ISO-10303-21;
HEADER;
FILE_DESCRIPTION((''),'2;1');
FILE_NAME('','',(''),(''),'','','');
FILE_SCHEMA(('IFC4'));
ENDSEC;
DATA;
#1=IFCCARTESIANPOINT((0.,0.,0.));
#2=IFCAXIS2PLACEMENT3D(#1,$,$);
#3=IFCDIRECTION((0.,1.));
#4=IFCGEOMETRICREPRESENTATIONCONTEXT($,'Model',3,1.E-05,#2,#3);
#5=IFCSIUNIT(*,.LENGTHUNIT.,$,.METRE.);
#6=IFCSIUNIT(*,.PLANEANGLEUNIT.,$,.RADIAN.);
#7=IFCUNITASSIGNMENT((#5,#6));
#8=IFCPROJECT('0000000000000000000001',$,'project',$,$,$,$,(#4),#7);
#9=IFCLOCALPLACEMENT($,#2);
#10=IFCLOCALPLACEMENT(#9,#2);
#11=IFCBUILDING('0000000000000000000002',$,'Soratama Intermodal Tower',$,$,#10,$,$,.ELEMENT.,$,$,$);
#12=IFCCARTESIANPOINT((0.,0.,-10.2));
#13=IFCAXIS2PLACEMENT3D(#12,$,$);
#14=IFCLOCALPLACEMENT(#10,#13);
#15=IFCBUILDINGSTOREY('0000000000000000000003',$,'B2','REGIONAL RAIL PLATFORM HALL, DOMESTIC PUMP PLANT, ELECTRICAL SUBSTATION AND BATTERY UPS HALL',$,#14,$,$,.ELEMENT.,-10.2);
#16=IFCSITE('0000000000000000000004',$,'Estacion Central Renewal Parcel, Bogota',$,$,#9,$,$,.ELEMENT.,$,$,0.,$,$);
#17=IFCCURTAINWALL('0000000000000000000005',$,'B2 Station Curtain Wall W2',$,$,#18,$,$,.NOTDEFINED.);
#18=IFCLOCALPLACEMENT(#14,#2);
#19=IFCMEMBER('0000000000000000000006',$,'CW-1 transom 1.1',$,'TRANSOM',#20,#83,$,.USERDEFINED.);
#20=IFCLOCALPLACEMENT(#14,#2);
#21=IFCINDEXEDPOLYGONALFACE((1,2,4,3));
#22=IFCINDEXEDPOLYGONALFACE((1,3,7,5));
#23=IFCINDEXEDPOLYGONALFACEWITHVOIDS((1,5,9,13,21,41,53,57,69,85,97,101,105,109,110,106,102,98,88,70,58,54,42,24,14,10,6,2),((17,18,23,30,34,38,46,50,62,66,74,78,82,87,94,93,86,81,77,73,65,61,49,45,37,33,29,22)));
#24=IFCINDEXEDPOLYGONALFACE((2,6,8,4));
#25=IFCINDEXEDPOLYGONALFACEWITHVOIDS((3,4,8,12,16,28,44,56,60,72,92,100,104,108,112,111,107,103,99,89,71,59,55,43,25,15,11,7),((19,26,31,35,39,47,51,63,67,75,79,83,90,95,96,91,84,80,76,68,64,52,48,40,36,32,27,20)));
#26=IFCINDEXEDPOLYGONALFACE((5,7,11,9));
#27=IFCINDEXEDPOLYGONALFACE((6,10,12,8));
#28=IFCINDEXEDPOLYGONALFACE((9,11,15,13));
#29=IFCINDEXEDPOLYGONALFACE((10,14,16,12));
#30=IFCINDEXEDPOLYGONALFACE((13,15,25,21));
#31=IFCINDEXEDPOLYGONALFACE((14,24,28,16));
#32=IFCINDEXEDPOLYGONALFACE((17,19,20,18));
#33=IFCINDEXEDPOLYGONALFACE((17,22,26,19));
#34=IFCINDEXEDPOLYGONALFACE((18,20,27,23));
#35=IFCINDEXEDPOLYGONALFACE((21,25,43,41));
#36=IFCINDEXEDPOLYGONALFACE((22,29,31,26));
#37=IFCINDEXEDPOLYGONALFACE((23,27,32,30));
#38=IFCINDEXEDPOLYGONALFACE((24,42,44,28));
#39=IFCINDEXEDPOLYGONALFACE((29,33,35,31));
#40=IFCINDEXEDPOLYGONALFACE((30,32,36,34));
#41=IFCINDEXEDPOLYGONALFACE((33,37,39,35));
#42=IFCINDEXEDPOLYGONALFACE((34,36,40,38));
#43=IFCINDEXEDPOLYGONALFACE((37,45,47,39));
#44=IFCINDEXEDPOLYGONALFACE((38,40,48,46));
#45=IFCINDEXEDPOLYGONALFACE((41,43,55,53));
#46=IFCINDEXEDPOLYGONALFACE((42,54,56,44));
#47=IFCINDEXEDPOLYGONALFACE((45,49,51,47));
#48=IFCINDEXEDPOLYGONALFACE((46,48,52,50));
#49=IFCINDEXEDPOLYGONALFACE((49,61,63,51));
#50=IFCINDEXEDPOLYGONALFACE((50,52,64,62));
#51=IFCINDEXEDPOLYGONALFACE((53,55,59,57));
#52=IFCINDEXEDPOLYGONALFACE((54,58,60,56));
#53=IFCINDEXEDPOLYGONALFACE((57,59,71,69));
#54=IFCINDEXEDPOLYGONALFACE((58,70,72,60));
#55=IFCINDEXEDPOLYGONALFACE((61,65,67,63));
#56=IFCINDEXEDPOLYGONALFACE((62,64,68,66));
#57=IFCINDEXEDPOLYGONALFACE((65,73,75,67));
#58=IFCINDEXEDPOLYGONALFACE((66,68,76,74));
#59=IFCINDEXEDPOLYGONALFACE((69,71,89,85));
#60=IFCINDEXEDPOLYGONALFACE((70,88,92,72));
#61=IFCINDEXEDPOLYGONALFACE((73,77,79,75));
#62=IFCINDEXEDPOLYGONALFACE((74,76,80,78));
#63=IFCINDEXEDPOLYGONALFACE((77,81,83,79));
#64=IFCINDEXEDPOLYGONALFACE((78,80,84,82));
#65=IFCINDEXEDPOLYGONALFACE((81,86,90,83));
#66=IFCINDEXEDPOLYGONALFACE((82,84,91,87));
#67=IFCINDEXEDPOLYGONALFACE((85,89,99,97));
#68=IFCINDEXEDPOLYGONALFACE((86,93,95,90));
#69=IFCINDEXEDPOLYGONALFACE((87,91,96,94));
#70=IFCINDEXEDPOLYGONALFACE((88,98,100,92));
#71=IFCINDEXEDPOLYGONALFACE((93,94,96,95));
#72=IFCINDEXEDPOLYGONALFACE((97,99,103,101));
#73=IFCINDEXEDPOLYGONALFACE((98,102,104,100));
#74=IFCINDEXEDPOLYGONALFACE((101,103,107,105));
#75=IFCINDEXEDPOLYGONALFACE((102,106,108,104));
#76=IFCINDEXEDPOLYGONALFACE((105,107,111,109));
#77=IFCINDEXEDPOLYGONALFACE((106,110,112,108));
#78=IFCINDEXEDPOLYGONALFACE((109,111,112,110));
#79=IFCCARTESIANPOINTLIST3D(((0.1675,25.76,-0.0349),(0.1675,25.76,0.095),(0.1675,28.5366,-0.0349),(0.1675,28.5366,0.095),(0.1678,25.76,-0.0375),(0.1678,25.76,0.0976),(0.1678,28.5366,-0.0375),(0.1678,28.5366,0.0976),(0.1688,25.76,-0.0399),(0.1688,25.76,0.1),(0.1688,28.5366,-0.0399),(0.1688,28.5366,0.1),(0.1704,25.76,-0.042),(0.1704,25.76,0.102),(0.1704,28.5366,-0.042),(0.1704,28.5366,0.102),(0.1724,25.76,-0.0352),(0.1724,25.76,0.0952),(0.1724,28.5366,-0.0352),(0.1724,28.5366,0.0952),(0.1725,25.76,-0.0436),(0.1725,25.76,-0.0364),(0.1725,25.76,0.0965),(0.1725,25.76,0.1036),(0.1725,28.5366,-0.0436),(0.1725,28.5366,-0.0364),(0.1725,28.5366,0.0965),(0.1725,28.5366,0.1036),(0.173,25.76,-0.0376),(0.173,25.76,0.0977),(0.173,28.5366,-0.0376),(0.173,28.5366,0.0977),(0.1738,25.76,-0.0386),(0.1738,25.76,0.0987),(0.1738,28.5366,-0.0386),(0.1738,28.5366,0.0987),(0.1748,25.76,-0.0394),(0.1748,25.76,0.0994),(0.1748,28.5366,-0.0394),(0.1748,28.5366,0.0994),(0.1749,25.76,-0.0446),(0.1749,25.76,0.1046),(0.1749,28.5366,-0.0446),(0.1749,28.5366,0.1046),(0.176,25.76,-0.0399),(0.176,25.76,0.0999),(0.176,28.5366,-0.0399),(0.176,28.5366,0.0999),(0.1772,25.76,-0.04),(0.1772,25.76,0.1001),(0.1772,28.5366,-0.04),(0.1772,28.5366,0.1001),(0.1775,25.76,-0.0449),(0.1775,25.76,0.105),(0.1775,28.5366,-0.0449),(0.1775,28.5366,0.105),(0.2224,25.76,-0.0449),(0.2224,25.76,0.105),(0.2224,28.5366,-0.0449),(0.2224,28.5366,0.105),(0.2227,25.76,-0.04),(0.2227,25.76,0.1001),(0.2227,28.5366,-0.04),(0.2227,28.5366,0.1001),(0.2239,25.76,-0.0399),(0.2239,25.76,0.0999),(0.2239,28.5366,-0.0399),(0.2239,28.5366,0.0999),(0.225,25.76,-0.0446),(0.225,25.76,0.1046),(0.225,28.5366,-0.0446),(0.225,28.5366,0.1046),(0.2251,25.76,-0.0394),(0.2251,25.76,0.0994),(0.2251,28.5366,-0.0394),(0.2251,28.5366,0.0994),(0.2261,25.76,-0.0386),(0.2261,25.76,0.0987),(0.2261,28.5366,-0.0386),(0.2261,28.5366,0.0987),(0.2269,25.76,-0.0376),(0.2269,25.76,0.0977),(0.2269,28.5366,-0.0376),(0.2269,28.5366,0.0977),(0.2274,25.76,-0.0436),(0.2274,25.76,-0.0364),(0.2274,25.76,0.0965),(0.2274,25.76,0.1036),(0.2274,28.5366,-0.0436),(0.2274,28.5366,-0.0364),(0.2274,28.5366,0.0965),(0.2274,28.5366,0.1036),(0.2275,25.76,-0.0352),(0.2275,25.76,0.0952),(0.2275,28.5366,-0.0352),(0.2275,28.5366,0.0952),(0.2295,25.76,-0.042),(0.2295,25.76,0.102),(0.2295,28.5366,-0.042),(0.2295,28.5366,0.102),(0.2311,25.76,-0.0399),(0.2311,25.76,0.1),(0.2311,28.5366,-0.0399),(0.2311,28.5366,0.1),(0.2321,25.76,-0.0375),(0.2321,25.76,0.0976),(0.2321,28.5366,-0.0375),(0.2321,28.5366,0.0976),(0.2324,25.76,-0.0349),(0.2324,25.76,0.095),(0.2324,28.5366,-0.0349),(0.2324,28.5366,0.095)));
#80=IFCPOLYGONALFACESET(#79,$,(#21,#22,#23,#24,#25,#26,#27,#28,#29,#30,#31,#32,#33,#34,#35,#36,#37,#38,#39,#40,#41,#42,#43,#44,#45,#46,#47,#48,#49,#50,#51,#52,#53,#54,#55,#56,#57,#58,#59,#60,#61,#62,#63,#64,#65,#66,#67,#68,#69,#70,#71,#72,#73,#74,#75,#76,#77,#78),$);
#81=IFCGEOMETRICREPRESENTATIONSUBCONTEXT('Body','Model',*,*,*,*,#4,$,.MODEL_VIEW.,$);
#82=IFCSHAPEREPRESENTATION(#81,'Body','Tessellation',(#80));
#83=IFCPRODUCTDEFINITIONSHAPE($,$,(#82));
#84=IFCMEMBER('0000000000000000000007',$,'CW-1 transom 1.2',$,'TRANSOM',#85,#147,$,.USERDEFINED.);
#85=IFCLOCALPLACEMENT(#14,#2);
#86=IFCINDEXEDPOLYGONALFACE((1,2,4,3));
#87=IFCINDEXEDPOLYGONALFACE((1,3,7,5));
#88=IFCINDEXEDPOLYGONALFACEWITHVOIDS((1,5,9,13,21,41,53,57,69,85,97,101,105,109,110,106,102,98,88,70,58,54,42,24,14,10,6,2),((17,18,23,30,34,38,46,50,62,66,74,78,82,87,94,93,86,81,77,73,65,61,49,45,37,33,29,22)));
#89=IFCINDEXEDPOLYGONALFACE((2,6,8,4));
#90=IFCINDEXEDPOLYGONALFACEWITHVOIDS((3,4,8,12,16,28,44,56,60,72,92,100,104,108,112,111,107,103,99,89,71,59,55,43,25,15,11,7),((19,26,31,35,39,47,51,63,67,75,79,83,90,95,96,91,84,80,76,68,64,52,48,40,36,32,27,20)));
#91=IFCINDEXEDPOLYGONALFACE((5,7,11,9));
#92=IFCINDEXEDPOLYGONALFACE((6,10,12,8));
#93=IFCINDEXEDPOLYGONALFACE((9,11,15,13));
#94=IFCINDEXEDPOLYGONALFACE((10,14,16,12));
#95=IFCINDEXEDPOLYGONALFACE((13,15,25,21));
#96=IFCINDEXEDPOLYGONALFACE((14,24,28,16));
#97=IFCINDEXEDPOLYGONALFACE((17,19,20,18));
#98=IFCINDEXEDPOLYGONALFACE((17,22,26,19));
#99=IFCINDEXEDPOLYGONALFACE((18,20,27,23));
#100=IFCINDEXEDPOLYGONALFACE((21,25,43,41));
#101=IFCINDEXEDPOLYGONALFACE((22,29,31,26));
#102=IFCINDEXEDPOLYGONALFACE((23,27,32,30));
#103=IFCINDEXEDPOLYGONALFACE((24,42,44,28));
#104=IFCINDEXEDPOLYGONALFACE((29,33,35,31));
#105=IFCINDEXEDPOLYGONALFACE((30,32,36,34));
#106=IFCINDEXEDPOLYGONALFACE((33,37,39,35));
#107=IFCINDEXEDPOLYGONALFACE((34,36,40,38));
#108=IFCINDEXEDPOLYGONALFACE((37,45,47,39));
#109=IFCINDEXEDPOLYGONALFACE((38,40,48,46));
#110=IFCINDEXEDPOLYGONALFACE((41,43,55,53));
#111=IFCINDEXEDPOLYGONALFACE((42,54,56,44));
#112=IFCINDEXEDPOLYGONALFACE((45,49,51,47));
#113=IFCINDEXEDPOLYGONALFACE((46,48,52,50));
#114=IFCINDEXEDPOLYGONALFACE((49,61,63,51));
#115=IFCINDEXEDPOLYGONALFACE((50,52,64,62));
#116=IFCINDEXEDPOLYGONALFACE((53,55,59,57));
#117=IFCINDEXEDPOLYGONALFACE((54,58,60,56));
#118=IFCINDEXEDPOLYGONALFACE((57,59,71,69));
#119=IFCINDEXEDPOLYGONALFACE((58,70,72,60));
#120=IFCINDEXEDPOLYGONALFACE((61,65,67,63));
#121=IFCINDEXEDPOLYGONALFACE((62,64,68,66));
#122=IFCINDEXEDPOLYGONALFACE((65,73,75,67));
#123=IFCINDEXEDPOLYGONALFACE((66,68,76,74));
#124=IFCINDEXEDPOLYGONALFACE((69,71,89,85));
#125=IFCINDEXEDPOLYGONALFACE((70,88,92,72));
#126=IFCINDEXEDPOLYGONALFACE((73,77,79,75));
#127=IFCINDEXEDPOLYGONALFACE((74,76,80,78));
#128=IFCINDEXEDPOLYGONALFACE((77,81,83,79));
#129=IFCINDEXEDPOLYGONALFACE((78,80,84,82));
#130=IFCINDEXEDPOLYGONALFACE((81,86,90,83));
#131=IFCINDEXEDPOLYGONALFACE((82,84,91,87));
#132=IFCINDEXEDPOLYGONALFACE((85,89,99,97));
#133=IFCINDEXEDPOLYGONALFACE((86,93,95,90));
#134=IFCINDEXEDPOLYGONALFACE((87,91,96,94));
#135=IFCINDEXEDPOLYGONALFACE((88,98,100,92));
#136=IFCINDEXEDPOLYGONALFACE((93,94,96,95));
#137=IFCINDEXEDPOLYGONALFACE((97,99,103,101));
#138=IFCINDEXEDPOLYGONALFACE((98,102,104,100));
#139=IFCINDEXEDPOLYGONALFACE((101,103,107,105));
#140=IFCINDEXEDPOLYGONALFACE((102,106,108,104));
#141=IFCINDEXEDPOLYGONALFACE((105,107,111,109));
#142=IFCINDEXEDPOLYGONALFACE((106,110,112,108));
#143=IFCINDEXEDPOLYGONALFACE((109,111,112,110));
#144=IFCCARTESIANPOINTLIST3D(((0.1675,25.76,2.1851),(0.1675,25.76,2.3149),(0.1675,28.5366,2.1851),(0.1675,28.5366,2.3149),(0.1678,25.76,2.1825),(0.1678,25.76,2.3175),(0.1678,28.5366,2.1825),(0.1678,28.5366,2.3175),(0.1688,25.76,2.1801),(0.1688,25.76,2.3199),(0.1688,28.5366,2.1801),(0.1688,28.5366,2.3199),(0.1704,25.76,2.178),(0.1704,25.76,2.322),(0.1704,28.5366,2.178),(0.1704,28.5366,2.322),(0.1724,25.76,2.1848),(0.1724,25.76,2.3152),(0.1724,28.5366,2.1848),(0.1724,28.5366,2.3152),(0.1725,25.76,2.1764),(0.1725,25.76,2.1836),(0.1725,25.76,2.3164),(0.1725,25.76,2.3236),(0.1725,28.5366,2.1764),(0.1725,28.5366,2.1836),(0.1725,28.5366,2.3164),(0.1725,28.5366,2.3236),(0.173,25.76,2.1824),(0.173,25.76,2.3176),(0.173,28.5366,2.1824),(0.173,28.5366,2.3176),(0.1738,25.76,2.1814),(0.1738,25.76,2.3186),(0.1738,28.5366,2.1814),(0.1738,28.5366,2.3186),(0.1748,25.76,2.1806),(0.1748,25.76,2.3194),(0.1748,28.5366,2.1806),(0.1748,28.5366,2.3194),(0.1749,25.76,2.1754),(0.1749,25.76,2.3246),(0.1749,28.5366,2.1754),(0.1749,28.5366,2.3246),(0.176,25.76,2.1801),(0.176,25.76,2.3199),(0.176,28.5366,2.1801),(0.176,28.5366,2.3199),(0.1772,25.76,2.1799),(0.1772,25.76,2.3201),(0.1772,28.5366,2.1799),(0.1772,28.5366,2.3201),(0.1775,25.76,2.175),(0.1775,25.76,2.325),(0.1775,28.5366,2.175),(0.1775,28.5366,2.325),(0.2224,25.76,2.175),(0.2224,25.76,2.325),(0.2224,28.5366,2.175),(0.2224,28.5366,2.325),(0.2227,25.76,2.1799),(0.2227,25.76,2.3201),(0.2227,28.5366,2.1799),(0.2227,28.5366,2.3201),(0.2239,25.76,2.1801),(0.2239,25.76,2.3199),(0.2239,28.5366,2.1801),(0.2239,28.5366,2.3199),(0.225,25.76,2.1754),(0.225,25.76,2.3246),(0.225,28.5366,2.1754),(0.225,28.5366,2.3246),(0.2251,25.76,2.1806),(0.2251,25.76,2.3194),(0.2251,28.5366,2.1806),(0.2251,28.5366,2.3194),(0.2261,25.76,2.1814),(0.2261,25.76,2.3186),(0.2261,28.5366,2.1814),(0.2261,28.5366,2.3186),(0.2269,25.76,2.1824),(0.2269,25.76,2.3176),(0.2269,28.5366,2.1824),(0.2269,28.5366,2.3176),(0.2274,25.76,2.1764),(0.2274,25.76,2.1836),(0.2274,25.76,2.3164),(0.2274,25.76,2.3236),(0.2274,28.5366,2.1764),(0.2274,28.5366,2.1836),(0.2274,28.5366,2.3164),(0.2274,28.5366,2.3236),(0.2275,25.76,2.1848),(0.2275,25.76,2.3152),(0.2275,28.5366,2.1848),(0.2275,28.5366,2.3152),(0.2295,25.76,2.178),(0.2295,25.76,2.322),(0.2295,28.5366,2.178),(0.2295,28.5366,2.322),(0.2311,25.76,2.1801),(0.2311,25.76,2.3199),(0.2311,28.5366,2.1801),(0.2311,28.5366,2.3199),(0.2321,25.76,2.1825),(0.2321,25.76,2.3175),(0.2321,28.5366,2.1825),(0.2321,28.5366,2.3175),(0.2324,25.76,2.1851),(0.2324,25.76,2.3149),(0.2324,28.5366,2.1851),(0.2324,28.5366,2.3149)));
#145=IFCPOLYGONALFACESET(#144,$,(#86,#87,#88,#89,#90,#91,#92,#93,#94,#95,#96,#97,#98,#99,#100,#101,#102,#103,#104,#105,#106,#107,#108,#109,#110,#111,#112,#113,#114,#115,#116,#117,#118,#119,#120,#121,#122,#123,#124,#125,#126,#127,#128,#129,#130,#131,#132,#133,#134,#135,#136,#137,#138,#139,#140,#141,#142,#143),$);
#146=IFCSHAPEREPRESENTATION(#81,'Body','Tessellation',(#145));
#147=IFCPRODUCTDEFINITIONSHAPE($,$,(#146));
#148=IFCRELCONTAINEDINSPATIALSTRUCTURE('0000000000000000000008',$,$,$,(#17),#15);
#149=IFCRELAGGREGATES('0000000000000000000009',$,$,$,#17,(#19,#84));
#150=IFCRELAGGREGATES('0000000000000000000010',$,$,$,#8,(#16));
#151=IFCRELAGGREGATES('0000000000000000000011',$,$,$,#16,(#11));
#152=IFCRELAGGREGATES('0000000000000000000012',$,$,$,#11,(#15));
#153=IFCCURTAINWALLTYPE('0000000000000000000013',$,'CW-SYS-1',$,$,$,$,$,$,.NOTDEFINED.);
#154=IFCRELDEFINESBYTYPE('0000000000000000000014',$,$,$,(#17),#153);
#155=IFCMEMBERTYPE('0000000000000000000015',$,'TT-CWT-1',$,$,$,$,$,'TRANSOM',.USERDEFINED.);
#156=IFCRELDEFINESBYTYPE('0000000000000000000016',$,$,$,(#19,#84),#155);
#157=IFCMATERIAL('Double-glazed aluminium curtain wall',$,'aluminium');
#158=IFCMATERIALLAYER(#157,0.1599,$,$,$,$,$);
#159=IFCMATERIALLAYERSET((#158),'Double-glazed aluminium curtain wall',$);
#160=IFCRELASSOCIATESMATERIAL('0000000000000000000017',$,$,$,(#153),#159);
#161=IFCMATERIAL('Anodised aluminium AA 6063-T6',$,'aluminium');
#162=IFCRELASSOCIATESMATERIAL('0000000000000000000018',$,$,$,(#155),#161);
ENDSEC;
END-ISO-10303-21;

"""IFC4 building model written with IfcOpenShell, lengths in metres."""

from ifc_helpers import new_model, si_unit, direction, frame, origin, origin_2d, place, context, subcontext, project, spatial, hollow_rectangle, extrude, material, layer, layer_set, material_profile, profile_set, type_object, element, aggregate, save


model = new_model("IFC4")

# Units and contexts
model_context = context("Model", 3, precision=1e-05, world=origin(), true_north=direction((0.0, 1.0)))
body_context = subcontext(model_context, "Body", "Model", "MODEL_VIEW")
ifc_project = project(units=[si_unit("LENGTHUNIT", "METRE"), si_unit("PLANEANGLEUNIT", "RADIAN")], contexts=[model_context])

# Site, building, storey
site_placement = place(None, origin())
site = spatial("IfcSite", under=ifc_project, at=site_placement, Name="Estacion Central Renewal Parcel, Bogota", CompositionType="ELEMENT", RefElevation=0.0)
building_placement = place(site_placement, origin())
building = spatial("IfcBuilding", under=site, at=building_placement, Name="Soratama Intermodal Tower", CompositionType="ELEMENT")
storey_placement = place(building_placement, frame((0.0, 0.0, -10.2)))
storey = spatial("IfcBuildingStorey", under=building, at=storey_placement, Name="B2", Description="REGIONAL RAIL PLATFORM HALL, DOMESTIC PUMP PLANT, ELECTRICAL SUBSTATION AND BATTERY UPS HALL", CompositionType="ELEMENT", Elevation=-10.2)

# Shared definitions
ifc_material_1 = material(Name="Double-glazed aluminium curtain wall", Category="aluminium")
ifc_layer_1 = layer(ifc_material_1, 0.1599)
ifc_layer_set_1 = layer_set([ifc_layer_1], Name="Double-glazed aluminium curtain wall")
curtain_wall_type = type_object("IfcCurtainWallType", Name="CW-SYS-1", PredefinedType="NOTDEFINED", material=ifc_layer_set_1)

# Curtain wall, members
curtain_wall_1_placement = place(storey_placement, origin())
curtain_wall_1 = element("IfcCurtainWall", 1, at=curtain_wall_1_placement, inside=storey, type_object=curtain_wall_type, Name="B2 Station Curtain Wall W2", PredefinedType="NOTDEFINED")
ifc_material_2 = material(Name="Anodised aluminium AA 6063-T6", Category="aluminium")
ifc_material_profile_1 = material_profile(ifc_material_2, hollow_rectangle(XDim=0.0649, YDim=0.1499, WallThickness=0.0049, InnerFilletRadius=0.0049, OuterFilletRadius=0.01, at=origin_2d()), Name="CWT150X65X5")
ifc_profile_set_1 = profile_set([ifc_material_profile_1], Name="Anodised aluminium AA 6063-T6")
member_type_1 = type_object("IfcMemberType", Name="TT-CWT-1", ElementType="TRANSOM", PredefinedType="USERDEFINED", material=ifc_profile_set_1)
member_1_placement = place(storey_placement, frame((0.2, 25.76, 0.03), z_axis=(0.0, 1.0, 0.0), x_axis=(-1.0, 0.0, 0.0)))
member_1 = element("IfcMember", 2, at=member_1_placement, type_object=member_type_1, Name="CW-1 transom 1.1", ObjectType="TRANSOM", PredefinedType="USERDEFINED", context=body_context, shape_type="SweptSolid", body=[
    extrude(hollow_rectangle(XDim=0.0649, YDim=0.1499, WallThickness=0.0049, InnerFilletRadius=0.0049, OuterFilletRadius=0.01, at=origin_2d()), origin(), (0.0, 0.0, 1.0), 2.7766),
])
member_2_placement = place(storey_placement, frame((0.2, 25.76, 2.25), z_axis=(0.0, 1.0, 0.0), x_axis=(-1.0, 0.0, 0.0)))
member_2 = element("IfcMember", 3, at=member_2_placement, type_object=member_type_1, Name="CW-1 transom 1.2", ObjectType="TRANSOM", PredefinedType="USERDEFINED", context=body_context, shape_type="SweptSolid", body=[
    extrude(hollow_rectangle(XDim=0.0649, YDim=0.1499, WallThickness=0.0049, InnerFilletRadius=0.0049, OuterFilletRadius=0.01, at=origin_2d()), origin(), (0.0, 0.0, 1.0), 2.7766),
])

aggregate(curtain_wall_1, [member_1, member_2])

save(model, "model.ifc")
